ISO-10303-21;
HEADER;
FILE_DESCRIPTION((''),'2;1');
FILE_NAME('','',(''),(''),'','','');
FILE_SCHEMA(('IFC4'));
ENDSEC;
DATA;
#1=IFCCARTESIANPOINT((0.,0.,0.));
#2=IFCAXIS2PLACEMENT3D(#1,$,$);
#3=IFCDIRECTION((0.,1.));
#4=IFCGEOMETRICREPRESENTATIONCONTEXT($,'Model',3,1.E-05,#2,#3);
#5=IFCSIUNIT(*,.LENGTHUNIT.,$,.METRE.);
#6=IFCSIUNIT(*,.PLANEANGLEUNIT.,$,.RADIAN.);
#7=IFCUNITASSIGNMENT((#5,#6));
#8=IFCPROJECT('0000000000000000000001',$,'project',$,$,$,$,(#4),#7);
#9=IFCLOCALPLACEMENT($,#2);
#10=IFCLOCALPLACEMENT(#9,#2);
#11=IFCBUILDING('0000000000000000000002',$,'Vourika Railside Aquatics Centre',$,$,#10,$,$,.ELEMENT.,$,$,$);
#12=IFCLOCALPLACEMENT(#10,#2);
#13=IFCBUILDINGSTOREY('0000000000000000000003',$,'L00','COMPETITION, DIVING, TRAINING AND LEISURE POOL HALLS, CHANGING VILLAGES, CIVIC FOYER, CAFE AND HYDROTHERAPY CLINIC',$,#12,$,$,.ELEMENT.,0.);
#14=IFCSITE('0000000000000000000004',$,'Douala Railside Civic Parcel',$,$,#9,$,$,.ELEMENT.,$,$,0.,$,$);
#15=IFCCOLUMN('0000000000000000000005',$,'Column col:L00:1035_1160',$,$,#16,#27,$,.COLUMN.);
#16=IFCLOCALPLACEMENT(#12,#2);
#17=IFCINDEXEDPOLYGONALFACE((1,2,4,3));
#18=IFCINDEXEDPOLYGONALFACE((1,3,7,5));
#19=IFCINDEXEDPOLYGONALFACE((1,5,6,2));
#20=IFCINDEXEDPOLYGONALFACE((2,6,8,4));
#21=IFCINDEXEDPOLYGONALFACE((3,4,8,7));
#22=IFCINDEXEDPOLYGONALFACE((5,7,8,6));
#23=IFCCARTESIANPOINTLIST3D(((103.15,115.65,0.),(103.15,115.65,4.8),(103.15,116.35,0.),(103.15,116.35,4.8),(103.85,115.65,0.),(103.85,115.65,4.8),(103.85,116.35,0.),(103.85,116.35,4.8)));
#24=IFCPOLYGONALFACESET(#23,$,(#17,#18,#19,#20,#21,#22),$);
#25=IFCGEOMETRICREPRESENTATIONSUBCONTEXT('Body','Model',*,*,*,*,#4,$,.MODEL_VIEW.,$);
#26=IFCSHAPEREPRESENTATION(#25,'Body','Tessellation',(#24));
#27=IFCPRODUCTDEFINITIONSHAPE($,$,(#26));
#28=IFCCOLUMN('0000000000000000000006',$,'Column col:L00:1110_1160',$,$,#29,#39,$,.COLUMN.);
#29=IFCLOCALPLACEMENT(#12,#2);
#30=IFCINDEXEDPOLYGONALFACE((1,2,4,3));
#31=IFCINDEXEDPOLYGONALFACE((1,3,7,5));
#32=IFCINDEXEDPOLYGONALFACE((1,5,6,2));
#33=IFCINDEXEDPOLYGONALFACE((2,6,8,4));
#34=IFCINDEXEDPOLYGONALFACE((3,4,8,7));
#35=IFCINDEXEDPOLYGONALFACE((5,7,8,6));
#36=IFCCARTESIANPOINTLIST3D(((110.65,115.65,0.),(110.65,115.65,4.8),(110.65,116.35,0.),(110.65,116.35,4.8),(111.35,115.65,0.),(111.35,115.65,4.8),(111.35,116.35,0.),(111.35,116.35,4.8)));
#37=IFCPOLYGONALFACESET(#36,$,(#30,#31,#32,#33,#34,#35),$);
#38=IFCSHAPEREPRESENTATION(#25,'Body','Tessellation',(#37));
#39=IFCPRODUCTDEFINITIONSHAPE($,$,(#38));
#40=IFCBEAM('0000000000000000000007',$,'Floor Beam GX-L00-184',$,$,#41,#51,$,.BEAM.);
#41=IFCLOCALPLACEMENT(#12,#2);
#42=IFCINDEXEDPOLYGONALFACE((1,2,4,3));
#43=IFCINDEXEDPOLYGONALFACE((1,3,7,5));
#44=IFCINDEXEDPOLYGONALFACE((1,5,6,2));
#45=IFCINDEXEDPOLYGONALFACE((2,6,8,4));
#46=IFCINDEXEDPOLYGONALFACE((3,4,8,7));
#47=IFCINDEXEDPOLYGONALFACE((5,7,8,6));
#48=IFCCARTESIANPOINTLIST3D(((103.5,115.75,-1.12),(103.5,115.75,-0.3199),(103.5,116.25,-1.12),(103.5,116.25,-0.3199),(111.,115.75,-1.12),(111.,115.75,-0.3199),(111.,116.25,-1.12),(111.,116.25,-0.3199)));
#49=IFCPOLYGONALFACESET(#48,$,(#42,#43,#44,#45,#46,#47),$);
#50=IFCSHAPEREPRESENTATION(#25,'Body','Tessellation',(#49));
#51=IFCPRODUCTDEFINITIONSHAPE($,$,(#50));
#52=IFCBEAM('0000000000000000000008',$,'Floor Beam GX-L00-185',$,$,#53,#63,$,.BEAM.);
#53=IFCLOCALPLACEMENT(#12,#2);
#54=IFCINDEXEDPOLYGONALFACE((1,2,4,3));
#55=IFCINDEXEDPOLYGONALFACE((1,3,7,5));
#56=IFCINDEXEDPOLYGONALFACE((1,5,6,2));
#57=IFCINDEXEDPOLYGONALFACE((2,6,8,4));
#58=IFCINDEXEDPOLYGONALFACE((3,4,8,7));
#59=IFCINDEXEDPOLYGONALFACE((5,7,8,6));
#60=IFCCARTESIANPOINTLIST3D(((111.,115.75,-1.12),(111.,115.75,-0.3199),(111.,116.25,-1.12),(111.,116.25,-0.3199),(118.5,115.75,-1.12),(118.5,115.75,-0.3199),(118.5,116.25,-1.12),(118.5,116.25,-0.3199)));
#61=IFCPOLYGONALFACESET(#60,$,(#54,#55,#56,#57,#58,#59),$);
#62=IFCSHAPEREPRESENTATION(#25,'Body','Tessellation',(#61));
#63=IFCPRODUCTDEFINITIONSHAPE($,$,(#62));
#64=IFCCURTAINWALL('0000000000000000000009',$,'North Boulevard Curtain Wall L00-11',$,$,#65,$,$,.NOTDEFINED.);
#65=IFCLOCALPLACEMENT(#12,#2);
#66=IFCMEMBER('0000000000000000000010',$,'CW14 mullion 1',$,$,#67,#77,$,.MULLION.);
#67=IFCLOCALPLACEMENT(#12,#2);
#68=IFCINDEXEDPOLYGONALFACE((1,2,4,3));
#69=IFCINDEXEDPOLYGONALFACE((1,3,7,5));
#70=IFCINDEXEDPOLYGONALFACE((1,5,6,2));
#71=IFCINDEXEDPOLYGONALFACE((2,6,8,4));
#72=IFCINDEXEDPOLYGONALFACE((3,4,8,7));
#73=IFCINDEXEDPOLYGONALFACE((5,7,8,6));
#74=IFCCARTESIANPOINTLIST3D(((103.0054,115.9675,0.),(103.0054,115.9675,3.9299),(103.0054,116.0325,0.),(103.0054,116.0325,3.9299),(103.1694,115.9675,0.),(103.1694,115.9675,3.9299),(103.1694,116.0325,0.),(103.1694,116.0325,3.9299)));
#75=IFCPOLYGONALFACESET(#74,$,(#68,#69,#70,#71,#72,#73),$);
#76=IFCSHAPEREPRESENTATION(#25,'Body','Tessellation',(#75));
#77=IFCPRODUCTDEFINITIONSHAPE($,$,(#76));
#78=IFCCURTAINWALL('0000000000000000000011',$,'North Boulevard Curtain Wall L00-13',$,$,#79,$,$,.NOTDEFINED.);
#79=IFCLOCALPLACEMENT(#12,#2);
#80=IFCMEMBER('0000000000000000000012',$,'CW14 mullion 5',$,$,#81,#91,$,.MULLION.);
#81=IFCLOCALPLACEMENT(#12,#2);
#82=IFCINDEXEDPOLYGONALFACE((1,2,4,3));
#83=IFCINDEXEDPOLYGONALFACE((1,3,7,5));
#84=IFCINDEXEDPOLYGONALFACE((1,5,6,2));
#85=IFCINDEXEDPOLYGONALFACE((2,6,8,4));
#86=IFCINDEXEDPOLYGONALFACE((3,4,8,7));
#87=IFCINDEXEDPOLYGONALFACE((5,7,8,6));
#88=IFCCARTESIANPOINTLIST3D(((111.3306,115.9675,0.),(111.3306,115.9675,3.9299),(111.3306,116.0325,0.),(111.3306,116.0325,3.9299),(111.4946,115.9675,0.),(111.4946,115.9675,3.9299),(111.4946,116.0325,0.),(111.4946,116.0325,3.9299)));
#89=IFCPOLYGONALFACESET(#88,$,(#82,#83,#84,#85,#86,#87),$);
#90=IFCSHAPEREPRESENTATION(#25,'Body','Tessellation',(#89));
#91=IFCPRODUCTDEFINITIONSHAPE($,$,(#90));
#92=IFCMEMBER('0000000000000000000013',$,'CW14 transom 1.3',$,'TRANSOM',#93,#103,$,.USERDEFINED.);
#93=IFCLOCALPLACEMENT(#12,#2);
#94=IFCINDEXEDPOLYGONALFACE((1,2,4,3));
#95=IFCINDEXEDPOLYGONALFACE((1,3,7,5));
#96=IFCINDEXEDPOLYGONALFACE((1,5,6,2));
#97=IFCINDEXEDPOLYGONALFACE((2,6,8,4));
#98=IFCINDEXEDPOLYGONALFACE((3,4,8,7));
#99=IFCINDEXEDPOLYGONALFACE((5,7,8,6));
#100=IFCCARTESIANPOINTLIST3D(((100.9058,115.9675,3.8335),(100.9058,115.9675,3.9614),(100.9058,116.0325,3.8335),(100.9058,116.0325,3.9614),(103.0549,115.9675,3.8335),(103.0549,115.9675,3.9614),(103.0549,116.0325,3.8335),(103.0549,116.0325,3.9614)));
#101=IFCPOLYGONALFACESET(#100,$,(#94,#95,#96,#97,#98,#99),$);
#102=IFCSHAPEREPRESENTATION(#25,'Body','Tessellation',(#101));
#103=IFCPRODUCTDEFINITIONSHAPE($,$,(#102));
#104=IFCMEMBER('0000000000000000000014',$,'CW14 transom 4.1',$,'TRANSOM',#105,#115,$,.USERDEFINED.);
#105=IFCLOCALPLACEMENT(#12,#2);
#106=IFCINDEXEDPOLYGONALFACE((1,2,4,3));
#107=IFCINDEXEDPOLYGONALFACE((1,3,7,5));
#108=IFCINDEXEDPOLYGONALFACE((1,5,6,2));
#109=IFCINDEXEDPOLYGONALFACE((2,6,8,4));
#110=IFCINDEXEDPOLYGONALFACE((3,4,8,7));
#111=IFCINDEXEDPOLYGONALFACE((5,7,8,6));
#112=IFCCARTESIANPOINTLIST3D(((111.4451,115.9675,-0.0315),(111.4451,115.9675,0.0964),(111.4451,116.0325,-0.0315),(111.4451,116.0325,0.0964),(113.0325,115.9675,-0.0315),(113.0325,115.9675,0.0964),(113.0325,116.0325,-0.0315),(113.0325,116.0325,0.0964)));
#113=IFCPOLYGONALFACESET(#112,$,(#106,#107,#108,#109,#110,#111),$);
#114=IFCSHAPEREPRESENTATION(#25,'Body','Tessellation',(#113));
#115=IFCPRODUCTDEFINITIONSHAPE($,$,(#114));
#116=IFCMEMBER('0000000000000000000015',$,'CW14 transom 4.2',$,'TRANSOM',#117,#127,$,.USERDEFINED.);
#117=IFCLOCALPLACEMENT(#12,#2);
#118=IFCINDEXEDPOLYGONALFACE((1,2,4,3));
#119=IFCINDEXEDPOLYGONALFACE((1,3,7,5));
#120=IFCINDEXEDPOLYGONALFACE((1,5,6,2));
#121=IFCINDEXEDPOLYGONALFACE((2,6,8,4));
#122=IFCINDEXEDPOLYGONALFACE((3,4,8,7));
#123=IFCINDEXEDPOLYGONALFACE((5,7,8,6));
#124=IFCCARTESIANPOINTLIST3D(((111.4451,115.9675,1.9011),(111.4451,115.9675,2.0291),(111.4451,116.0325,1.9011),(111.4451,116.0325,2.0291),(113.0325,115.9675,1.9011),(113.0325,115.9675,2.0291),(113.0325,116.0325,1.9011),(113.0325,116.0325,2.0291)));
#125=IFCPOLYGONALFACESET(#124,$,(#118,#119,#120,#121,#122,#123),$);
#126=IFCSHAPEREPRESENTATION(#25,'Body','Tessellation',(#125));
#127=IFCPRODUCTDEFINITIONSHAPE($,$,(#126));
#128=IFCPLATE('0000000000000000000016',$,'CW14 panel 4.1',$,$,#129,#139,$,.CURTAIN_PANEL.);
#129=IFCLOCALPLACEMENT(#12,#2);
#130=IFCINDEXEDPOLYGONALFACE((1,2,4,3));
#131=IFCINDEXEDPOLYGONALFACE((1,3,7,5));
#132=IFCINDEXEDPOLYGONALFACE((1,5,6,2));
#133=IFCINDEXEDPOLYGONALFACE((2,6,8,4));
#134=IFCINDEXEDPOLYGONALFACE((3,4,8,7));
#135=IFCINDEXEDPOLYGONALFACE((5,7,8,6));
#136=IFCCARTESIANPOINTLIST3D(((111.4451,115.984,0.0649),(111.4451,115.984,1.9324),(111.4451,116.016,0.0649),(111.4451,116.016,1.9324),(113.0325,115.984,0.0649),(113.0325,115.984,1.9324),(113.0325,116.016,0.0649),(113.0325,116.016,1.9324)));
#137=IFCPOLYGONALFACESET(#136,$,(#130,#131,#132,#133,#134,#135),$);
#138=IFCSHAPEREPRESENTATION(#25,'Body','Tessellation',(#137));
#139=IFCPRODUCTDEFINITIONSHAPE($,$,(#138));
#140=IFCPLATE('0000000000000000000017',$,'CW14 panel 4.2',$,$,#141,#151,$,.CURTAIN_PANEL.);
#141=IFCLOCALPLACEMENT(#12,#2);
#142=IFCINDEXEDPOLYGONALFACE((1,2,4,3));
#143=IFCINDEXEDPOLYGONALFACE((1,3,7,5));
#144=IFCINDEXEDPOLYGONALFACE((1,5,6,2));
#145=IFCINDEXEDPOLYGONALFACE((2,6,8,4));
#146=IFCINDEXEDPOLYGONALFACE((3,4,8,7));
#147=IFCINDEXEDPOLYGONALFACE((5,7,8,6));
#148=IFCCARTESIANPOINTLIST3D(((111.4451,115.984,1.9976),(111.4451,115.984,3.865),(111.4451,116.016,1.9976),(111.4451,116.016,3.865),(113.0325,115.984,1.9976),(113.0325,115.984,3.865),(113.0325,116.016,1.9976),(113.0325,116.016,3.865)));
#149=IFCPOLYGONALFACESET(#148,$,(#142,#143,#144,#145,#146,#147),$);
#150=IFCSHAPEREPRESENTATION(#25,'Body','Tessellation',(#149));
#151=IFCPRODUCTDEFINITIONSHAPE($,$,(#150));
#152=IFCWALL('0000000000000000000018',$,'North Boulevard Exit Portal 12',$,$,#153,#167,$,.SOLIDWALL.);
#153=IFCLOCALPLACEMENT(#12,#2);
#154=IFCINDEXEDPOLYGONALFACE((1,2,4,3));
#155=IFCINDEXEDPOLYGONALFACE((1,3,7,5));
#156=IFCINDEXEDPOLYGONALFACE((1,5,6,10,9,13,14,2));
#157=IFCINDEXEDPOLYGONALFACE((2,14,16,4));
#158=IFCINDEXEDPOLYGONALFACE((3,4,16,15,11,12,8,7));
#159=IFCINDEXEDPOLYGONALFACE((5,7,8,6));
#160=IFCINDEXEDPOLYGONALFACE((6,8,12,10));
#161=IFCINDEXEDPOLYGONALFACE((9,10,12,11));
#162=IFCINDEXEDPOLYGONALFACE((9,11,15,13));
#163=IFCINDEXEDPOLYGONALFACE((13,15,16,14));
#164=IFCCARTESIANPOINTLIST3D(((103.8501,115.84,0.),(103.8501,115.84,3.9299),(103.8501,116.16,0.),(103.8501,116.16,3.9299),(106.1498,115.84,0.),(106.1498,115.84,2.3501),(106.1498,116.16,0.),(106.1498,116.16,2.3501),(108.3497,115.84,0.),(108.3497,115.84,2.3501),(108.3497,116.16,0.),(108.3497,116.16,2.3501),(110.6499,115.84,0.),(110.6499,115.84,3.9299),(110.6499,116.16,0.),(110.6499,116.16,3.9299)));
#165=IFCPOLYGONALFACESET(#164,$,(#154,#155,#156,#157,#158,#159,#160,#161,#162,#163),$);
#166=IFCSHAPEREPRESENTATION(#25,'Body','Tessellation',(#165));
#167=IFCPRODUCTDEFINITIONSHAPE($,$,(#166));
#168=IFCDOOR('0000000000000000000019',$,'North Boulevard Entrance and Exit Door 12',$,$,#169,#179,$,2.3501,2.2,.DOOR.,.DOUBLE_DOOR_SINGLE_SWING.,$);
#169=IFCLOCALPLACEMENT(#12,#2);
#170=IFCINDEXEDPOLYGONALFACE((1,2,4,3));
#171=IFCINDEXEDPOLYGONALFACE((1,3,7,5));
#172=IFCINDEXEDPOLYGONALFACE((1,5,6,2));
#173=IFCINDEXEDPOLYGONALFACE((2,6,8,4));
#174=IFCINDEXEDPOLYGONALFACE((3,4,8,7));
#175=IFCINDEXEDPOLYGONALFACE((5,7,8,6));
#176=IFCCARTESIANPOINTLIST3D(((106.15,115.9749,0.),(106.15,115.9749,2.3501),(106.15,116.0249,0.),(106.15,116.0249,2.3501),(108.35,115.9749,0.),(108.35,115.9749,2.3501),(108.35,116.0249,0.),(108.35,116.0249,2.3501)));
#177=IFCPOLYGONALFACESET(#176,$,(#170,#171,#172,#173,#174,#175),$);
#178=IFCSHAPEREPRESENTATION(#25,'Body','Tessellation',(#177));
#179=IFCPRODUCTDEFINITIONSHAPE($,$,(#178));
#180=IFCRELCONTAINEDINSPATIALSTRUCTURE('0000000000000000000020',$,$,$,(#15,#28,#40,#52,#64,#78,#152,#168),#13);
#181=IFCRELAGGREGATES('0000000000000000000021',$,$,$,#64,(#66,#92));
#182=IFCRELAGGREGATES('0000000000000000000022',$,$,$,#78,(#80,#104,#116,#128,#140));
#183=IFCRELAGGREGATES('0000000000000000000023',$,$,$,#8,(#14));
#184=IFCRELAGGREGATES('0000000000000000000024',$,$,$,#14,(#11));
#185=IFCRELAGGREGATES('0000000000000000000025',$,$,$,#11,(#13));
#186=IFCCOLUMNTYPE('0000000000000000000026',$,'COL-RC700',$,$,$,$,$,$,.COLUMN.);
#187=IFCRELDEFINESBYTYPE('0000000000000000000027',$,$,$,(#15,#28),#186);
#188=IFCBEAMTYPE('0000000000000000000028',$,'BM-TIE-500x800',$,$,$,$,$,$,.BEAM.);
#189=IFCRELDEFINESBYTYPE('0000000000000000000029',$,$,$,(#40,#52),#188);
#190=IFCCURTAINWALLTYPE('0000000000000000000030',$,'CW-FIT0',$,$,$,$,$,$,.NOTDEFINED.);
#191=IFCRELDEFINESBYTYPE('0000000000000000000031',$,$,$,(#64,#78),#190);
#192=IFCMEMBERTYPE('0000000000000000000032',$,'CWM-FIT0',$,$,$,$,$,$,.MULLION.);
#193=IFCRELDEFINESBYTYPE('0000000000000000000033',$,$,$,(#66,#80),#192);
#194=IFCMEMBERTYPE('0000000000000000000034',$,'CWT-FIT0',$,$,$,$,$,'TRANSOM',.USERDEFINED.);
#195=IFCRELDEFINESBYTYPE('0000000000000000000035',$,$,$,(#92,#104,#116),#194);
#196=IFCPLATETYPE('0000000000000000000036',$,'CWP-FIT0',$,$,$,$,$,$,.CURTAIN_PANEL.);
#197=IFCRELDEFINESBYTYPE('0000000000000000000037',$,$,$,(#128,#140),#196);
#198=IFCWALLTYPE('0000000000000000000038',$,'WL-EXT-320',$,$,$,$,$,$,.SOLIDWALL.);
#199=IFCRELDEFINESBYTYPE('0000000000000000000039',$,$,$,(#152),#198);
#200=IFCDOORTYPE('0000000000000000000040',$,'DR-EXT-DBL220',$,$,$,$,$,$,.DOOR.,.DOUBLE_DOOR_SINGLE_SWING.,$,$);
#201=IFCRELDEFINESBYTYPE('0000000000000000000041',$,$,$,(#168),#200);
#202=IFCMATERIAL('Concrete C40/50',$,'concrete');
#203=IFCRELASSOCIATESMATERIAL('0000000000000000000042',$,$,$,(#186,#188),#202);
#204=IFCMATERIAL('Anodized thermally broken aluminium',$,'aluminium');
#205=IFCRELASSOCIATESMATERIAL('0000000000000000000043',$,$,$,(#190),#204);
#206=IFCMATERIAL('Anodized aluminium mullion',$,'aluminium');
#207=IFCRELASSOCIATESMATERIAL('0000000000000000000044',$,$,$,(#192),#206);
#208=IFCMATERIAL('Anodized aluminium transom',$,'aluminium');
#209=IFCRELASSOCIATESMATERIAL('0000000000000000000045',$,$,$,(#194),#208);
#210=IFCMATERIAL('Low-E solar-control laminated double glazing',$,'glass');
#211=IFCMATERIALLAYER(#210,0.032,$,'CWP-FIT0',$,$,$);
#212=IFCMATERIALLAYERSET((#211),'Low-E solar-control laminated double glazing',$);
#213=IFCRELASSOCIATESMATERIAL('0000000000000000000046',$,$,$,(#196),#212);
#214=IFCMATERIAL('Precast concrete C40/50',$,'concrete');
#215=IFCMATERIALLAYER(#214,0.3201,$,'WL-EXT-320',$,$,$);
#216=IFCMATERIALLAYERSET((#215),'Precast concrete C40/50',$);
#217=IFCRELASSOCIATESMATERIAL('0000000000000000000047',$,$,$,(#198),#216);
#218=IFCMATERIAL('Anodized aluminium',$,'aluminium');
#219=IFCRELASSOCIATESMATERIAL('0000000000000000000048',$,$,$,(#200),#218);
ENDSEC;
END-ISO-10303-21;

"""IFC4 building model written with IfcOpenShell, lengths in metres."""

from ifc_helpers import new_model, si_unit, direction, frame, frame_2d, origin, origin_2d, place, context, subcontext, project, spatial, rectangle, extrude, material, layer, layer_set, material_profile, profile_set, type_object, element, fill, aggregate, save


model = new_model("IFC4")

# Units and contexts
model_context = context("Model", 3, precision=1e-05, world=origin(), true_north=direction((0.0, 1.0)))
body_context = subcontext(model_context, "Body", "Model", "MODEL_VIEW")
ifc_project = project(units=[si_unit("LENGTHUNIT", "METRE"), si_unit("PLANEANGLEUNIT", "RADIAN")], contexts=[model_context])

# Site, building, storey
site_placement = place(None, origin())
site = spatial("IfcSite", under=ifc_project, at=site_placement, Name="Douala Railside Civic Parcel", CompositionType="ELEMENT", RefElevation=0.0)
building_placement = place(site_placement, origin())
building = spatial("IfcBuilding", under=site, at=building_placement, Name="Vourika Railside Aquatics Centre", CompositionType="ELEMENT")
storey_placement = place(building_placement, origin())
storey = spatial("IfcBuildingStorey", under=building, at=storey_placement, Name="L00", Description="COMPETITION, DIVING, TRAINING AND LEISURE POOL HALLS, CHANGING VILLAGES, CIVIC FOYER, CAFE AND HYDROTHERAPY CLINIC", CompositionType="ELEMENT", Elevation=0.0)

# Columns
ifc_material_1 = material(Name="Concrete C40/50", Category="concrete")
ifc_material_profile_1 = material_profile(ifc_material_1, rectangle(XDim=0.7, YDim=0.7, at=origin_2d()), Name="RC 700x700")
ifc_profile_set_1 = profile_set([ifc_material_profile_1], Name="Concrete C40/50")
column_type = type_object("IfcColumnType", Name="COL-RC700", PredefinedType="COLUMN", material=ifc_profile_set_1)
for number, where, z_axis, x_axis, name in (
    (1, (103.5, 116.0, 0.0), (0.0, 0.0, 1.0), (1.0, 0.0, 0.0), "Column col:L00:1035_1160"),
    (2, (111.0, 116.0, 0.0), (0.0, 0.0, 1.0), (1.0, 0.0, 0.0), "Column col:L00:1110_1160"),
):
    element("IfcColumn", number, at=place(storey_placement, frame(where, z_axis=z_axis, x_axis=x_axis)), inside=storey, type_object=column_type, Name=name, PredefinedType="COLUMN", context=body_context, shape_type="SweptSolid", body=[
        extrude(rectangle(XDim=0.7, YDim=0.7, at=origin_2d()), origin(), (0.0, 0.0, 1.0), 4.8),
    ])

# Beams
ifc_material_profile_2 = material_profile(ifc_material_1, rectangle(XDim=0.5, YDim=0.8, at=origin_2d()), Name="RC 500x800")
ifc_profile_set_2 = profile_set([ifc_material_profile_2], Name="Concrete C40/50")
beam_type = type_object("IfcBeamType", Name="BM-TIE-500x800", PredefinedType="BEAM", material=ifc_profile_set_2)
for number, where, z_axis, x_axis, name in (
    (3, (103.5, 116.0, -0.72), (1.0, 0.0, 0.0), (0.0, 1.0, 0.0), "Floor Beam GX-L00-184"),
    (4, (111.0, 116.0, -0.72), (1.0, 0.0, 0.0), (0.0, 1.0, 0.0), "Floor Beam GX-L00-185"),
):
    element("IfcBeam", number, at=place(storey_placement, frame(where, z_axis=z_axis, x_axis=x_axis)), inside=storey, type_object=beam_type, Name=name, PredefinedType="BEAM", context=body_context, shape_type="SweptSolid", body=[
        extrude(rectangle(XDim=0.5, YDim=0.8, at=origin_2d()), origin(), (0.0, 0.0, 1.0), 7.5),
    ])

# Curtain walls, members
ifc_material_2 = material(Name="Anodized thermally broken aluminium", Category="aluminium")
curtain_wall_type = type_object("IfcCurtainWallType", Name="CW-FIT0", PredefinedType="NOTDEFINED", material=ifc_material_2)
curtain_wall_1_placement = place(storey_placement, origin())
curtain_wall_1 = element("IfcCurtainWall", 5, at=curtain_wall_1_placement, inside=storey, type_object=curtain_wall_type, Name="North Boulevard Curtain Wall L00-11", PredefinedType="NOTDEFINED")
ifc_material_3 = material(Name="Anodized aluminium mullion", Category="aluminium")
ifc_material_profile_3 = material_profile(ifc_material_3, rectangle(XDim=0.0649, YDim=0.1641, at=origin_2d()), Name="ALU-M 65x164")
ifc_profile_set_3 = profile_set([ifc_material_profile_3], Name="Anodized aluminium mullion")
member_type_1 = type_object("IfcMemberType", Name="CWM-FIT0", PredefinedType="MULLION", material=ifc_profile_set_3)
member_1_placement = place(storey_placement, frame((103.0874, 116.0, 0.0), z_axis=(0.0, 0.0, 1.0), x_axis=(0.0, -1.0, 0.0)))
member_1 = element("IfcMember", 6, at=member_1_placement, type_object=member_type_1, Name="CW14 mullion 1", PredefinedType="MULLION", context=body_context, shape_type="SweptSolid", body=[
    extrude(rectangle(XDim=0.0649, YDim=0.1641, at=origin_2d()), origin(), (0.0, 0.0, 1.0), 3.9299),
])
curtain_wall_2_placement = place(storey_placement, origin())
curtain_wall_2 = element("IfcCurtainWall", 7, at=curtain_wall_2_placement, inside=storey, type_object=curtain_wall_type, Name="North Boulevard Curtain Wall L00-13", PredefinedType="NOTDEFINED")
member_2_placement = place(storey_placement, frame((111.4126, 116.0, 0.0), z_axis=(0.0, 0.0, 1.0), x_axis=(0.0, -1.0, 0.0)))
member_2 = element("IfcMember", 8, at=member_2_placement, type_object=member_type_1, Name="CW14 mullion 5", PredefinedType="MULLION", context=body_context, shape_type="SweptSolid", body=[
    extrude(rectangle(XDim=0.0649, YDim=0.1641, at=origin_2d()), origin(), (0.0, 0.0, 1.0), 3.9299),
])

# Members
ifc_material_4 = material(Name="Anodized aluminium transom", Category="aluminium")
ifc_material_profile_4 = material_profile(ifc_material_4, rectangle(XDim=0.0649, YDim=0.1279, at=origin_2d()), Name="ALU-T 65x128")
ifc_profile_set_4 = profile_set([ifc_material_profile_4], Name="Anodized aluminium transom")
member_type_2 = type_object("IfcMemberType", Name="CWT-FIT0", ElementType="TRANSOM", PredefinedType="USERDEFINED", material=ifc_profile_set_4)
member_3_placement = place(storey_placement, frame((103.0549, 116.0, 3.8975), z_axis=(-1.0, 0.0, 0.0), x_axis=(0.0, -1.0, 0.0)))
member_3 = element("IfcMember", 9, at=member_3_placement, type_object=member_type_2, Name="CW14 transom 1.3", ObjectType="TRANSOM", PredefinedType="USERDEFINED", context=body_context, shape_type="SweptSolid", body=[
    extrude(rectangle(XDim=0.0649, YDim=0.1279, at=origin_2d()), origin(), (0.0, 0.0, 1.0), 2.1492),
])
aggregate(curtain_wall_1, [member_1, member_3])
member_4_placement = place(storey_placement, frame((113.0325, 116.0, 0.0325), z_axis=(-1.0, 0.0, 0.0), x_axis=(0.0, -1.0, 0.0)))
member_4 = element("IfcMember", 10, at=member_4_placement, type_object=member_type_2, Name="CW14 transom 4.1", ObjectType="TRANSOM", PredefinedType="USERDEFINED", context=body_context, shape_type="SweptSolid", body=[
    extrude(rectangle(XDim=0.0649, YDim=0.1279, at=origin_2d()), origin(), (0.0, 0.0, 1.0), 1.5874),
])
member_5_placement = place(storey_placement, frame((113.0325, 116.0, 1.9651), z_axis=(-1.0, 0.0, 0.0), x_axis=(0.0, -1.0, 0.0)))
member_5 = element("IfcMember", 11, at=member_5_placement, type_object=member_type_2, Name="CW14 transom 4.2", ObjectType="TRANSOM", PredefinedType="USERDEFINED", context=body_context, shape_type="SweptSolid", body=[
    extrude(rectangle(XDim=0.0649, YDim=0.1279, at=origin_2d()), origin(), (0.0, 0.0, 1.0), 1.5874),
])

# Plates
ifc_material_5 = material(Name="Low-E solar-control laminated double glazing", Category="glass")
ifc_layer_1 = layer(ifc_material_5, 0.032, Name="CWP-FIT0")
ifc_layer_set_1 = layer_set([ifc_layer_1], Name="Low-E solar-control laminated double glazing")
plate_type = type_object("IfcPlateType", Name="CWP-FIT0", PredefinedType="CURTAIN_PANEL", material=ifc_layer_set_1)
plate_1_placement = place(storey_placement, frame((112.2388, 116.0, 0.0649), z_axis=(0.0, 0.0, 1.0), x_axis=(-1.0, 0.0, 0.0)))
plate_1 = element("IfcPlate", 12, at=plate_1_placement, type_object=plate_type, Name="CW14 panel 4.1", PredefinedType="CURTAIN_PANEL", context=body_context, shape_type="SweptSolid", body=[
    extrude(rectangle(XDim=1.5874, YDim=0.032, at=origin_2d()), origin(), (0.0, 0.0, 1.0), 1.8674),
])
plate_2_placement = place(storey_placement, frame((112.2388, 116.0, 1.9976), z_axis=(0.0, 0.0, 1.0), x_axis=(-1.0, 0.0, 0.0)))
plate_2 = element("IfcPlate", 13, at=plate_2_placement, type_object=plate_type, Name="CW14 panel 4.2", PredefinedType="CURTAIN_PANEL", context=body_context, shape_type="SweptSolid", body=[
    extrude(rectangle(XDim=1.5874, YDim=0.032, at=origin_2d()), origin(), (0.0, 0.0, 1.0), 1.8674),
])
aggregate(curtain_wall_2, [member_2, member_4, member_5, plate_1, plate_2])

# Wall, opening, door
ifc_material_6 = material(Name="Precast concrete C40/50", Category="concrete")
ifc_layer_2 = layer(ifc_material_6, 0.3201, Name="WL-EXT-320")
ifc_layer_set_2 = layer_set([ifc_layer_2], Name="Precast concrete C40/50")
wall_type = type_object("IfcWallType", Name="WL-EXT-320", PredefinedType="SOLIDWALL", material=ifc_layer_set_2)
wall_placement = place(storey_placement, frame((110.6499, 116.0, 0.0), z_axis=(0.0, 0.0, 1.0), x_axis=(-1.0, 0.0, 0.0)))
wall = element("IfcWall", 14, at=wall_placement, inside=storey, type_object=wall_type, Name="North Boulevard Exit Portal 12", PredefinedType="SOLIDWALL", context=body_context, shape_type="SweptSolid", body=[
    extrude(rectangle(XDim=6.7998, YDim=0.3201, at=frame_2d((3.3999, 0.0))), origin(), (0.0, 0.0, 1.0), 3.9299),
])
opening_placement = place(wall_placement, frame((2.3, 0.0, 0.0)))
opening = element("IfcOpeningElement", 15, at=opening_placement, cuts=wall, PredefinedType="OPENING", context=body_context, shape_type="SweptSolid", body=[
    extrude(rectangle(XDim=2.2, YDim=2.3501, at=frame_2d((1.1001, 1.175))), frame((0.0, 0.1699, 0.0), z_axis=(0.0, -1.0, 0.0), x_axis=(1.0, 0.0, 0.0)), (0.0, 0.0, 1.0), 0.3401),
])
ifc_material_7 = material(Name="Anodized aluminium", Category="aluminium")
door_type = type_object("IfcDoorType", Name="DR-EXT-DBL220", OperationType="DOUBLE_DOOR_SINGLE_SWING", PredefinedType="DOOR", material=ifc_material_7)
door_placement = place(opening_placement, frame((2.2, 0.0, 0.0), z_axis=(0.0, 0.0, 1.0), x_axis=(-1.0, 0.0, 0.0)))
door = element("IfcDoor", 16, at=door_placement, inside=storey, type_object=door_type, Name="North Boulevard Entrance and Exit Door 12", OperationType="DOUBLE_DOOR_SINGLE_SWING", OverallHeight=2.3501, OverallWidth=2.2, PredefinedType="DOOR", context=body_context, shape_type="SweptSolid", body=[
    extrude(rectangle(XDim=2.2, YDim=2.3501, at=frame_2d((1.1001, 1.175))), frame((0.0, 0.0249, 0.0), z_axis=(0.0, -1.0, 0.0), x_axis=(1.0, 0.0, 0.0)), (0.0, 0.0, 1.0), 0.05),
])
fill(opening, door)

save(model, "model.ifc")
